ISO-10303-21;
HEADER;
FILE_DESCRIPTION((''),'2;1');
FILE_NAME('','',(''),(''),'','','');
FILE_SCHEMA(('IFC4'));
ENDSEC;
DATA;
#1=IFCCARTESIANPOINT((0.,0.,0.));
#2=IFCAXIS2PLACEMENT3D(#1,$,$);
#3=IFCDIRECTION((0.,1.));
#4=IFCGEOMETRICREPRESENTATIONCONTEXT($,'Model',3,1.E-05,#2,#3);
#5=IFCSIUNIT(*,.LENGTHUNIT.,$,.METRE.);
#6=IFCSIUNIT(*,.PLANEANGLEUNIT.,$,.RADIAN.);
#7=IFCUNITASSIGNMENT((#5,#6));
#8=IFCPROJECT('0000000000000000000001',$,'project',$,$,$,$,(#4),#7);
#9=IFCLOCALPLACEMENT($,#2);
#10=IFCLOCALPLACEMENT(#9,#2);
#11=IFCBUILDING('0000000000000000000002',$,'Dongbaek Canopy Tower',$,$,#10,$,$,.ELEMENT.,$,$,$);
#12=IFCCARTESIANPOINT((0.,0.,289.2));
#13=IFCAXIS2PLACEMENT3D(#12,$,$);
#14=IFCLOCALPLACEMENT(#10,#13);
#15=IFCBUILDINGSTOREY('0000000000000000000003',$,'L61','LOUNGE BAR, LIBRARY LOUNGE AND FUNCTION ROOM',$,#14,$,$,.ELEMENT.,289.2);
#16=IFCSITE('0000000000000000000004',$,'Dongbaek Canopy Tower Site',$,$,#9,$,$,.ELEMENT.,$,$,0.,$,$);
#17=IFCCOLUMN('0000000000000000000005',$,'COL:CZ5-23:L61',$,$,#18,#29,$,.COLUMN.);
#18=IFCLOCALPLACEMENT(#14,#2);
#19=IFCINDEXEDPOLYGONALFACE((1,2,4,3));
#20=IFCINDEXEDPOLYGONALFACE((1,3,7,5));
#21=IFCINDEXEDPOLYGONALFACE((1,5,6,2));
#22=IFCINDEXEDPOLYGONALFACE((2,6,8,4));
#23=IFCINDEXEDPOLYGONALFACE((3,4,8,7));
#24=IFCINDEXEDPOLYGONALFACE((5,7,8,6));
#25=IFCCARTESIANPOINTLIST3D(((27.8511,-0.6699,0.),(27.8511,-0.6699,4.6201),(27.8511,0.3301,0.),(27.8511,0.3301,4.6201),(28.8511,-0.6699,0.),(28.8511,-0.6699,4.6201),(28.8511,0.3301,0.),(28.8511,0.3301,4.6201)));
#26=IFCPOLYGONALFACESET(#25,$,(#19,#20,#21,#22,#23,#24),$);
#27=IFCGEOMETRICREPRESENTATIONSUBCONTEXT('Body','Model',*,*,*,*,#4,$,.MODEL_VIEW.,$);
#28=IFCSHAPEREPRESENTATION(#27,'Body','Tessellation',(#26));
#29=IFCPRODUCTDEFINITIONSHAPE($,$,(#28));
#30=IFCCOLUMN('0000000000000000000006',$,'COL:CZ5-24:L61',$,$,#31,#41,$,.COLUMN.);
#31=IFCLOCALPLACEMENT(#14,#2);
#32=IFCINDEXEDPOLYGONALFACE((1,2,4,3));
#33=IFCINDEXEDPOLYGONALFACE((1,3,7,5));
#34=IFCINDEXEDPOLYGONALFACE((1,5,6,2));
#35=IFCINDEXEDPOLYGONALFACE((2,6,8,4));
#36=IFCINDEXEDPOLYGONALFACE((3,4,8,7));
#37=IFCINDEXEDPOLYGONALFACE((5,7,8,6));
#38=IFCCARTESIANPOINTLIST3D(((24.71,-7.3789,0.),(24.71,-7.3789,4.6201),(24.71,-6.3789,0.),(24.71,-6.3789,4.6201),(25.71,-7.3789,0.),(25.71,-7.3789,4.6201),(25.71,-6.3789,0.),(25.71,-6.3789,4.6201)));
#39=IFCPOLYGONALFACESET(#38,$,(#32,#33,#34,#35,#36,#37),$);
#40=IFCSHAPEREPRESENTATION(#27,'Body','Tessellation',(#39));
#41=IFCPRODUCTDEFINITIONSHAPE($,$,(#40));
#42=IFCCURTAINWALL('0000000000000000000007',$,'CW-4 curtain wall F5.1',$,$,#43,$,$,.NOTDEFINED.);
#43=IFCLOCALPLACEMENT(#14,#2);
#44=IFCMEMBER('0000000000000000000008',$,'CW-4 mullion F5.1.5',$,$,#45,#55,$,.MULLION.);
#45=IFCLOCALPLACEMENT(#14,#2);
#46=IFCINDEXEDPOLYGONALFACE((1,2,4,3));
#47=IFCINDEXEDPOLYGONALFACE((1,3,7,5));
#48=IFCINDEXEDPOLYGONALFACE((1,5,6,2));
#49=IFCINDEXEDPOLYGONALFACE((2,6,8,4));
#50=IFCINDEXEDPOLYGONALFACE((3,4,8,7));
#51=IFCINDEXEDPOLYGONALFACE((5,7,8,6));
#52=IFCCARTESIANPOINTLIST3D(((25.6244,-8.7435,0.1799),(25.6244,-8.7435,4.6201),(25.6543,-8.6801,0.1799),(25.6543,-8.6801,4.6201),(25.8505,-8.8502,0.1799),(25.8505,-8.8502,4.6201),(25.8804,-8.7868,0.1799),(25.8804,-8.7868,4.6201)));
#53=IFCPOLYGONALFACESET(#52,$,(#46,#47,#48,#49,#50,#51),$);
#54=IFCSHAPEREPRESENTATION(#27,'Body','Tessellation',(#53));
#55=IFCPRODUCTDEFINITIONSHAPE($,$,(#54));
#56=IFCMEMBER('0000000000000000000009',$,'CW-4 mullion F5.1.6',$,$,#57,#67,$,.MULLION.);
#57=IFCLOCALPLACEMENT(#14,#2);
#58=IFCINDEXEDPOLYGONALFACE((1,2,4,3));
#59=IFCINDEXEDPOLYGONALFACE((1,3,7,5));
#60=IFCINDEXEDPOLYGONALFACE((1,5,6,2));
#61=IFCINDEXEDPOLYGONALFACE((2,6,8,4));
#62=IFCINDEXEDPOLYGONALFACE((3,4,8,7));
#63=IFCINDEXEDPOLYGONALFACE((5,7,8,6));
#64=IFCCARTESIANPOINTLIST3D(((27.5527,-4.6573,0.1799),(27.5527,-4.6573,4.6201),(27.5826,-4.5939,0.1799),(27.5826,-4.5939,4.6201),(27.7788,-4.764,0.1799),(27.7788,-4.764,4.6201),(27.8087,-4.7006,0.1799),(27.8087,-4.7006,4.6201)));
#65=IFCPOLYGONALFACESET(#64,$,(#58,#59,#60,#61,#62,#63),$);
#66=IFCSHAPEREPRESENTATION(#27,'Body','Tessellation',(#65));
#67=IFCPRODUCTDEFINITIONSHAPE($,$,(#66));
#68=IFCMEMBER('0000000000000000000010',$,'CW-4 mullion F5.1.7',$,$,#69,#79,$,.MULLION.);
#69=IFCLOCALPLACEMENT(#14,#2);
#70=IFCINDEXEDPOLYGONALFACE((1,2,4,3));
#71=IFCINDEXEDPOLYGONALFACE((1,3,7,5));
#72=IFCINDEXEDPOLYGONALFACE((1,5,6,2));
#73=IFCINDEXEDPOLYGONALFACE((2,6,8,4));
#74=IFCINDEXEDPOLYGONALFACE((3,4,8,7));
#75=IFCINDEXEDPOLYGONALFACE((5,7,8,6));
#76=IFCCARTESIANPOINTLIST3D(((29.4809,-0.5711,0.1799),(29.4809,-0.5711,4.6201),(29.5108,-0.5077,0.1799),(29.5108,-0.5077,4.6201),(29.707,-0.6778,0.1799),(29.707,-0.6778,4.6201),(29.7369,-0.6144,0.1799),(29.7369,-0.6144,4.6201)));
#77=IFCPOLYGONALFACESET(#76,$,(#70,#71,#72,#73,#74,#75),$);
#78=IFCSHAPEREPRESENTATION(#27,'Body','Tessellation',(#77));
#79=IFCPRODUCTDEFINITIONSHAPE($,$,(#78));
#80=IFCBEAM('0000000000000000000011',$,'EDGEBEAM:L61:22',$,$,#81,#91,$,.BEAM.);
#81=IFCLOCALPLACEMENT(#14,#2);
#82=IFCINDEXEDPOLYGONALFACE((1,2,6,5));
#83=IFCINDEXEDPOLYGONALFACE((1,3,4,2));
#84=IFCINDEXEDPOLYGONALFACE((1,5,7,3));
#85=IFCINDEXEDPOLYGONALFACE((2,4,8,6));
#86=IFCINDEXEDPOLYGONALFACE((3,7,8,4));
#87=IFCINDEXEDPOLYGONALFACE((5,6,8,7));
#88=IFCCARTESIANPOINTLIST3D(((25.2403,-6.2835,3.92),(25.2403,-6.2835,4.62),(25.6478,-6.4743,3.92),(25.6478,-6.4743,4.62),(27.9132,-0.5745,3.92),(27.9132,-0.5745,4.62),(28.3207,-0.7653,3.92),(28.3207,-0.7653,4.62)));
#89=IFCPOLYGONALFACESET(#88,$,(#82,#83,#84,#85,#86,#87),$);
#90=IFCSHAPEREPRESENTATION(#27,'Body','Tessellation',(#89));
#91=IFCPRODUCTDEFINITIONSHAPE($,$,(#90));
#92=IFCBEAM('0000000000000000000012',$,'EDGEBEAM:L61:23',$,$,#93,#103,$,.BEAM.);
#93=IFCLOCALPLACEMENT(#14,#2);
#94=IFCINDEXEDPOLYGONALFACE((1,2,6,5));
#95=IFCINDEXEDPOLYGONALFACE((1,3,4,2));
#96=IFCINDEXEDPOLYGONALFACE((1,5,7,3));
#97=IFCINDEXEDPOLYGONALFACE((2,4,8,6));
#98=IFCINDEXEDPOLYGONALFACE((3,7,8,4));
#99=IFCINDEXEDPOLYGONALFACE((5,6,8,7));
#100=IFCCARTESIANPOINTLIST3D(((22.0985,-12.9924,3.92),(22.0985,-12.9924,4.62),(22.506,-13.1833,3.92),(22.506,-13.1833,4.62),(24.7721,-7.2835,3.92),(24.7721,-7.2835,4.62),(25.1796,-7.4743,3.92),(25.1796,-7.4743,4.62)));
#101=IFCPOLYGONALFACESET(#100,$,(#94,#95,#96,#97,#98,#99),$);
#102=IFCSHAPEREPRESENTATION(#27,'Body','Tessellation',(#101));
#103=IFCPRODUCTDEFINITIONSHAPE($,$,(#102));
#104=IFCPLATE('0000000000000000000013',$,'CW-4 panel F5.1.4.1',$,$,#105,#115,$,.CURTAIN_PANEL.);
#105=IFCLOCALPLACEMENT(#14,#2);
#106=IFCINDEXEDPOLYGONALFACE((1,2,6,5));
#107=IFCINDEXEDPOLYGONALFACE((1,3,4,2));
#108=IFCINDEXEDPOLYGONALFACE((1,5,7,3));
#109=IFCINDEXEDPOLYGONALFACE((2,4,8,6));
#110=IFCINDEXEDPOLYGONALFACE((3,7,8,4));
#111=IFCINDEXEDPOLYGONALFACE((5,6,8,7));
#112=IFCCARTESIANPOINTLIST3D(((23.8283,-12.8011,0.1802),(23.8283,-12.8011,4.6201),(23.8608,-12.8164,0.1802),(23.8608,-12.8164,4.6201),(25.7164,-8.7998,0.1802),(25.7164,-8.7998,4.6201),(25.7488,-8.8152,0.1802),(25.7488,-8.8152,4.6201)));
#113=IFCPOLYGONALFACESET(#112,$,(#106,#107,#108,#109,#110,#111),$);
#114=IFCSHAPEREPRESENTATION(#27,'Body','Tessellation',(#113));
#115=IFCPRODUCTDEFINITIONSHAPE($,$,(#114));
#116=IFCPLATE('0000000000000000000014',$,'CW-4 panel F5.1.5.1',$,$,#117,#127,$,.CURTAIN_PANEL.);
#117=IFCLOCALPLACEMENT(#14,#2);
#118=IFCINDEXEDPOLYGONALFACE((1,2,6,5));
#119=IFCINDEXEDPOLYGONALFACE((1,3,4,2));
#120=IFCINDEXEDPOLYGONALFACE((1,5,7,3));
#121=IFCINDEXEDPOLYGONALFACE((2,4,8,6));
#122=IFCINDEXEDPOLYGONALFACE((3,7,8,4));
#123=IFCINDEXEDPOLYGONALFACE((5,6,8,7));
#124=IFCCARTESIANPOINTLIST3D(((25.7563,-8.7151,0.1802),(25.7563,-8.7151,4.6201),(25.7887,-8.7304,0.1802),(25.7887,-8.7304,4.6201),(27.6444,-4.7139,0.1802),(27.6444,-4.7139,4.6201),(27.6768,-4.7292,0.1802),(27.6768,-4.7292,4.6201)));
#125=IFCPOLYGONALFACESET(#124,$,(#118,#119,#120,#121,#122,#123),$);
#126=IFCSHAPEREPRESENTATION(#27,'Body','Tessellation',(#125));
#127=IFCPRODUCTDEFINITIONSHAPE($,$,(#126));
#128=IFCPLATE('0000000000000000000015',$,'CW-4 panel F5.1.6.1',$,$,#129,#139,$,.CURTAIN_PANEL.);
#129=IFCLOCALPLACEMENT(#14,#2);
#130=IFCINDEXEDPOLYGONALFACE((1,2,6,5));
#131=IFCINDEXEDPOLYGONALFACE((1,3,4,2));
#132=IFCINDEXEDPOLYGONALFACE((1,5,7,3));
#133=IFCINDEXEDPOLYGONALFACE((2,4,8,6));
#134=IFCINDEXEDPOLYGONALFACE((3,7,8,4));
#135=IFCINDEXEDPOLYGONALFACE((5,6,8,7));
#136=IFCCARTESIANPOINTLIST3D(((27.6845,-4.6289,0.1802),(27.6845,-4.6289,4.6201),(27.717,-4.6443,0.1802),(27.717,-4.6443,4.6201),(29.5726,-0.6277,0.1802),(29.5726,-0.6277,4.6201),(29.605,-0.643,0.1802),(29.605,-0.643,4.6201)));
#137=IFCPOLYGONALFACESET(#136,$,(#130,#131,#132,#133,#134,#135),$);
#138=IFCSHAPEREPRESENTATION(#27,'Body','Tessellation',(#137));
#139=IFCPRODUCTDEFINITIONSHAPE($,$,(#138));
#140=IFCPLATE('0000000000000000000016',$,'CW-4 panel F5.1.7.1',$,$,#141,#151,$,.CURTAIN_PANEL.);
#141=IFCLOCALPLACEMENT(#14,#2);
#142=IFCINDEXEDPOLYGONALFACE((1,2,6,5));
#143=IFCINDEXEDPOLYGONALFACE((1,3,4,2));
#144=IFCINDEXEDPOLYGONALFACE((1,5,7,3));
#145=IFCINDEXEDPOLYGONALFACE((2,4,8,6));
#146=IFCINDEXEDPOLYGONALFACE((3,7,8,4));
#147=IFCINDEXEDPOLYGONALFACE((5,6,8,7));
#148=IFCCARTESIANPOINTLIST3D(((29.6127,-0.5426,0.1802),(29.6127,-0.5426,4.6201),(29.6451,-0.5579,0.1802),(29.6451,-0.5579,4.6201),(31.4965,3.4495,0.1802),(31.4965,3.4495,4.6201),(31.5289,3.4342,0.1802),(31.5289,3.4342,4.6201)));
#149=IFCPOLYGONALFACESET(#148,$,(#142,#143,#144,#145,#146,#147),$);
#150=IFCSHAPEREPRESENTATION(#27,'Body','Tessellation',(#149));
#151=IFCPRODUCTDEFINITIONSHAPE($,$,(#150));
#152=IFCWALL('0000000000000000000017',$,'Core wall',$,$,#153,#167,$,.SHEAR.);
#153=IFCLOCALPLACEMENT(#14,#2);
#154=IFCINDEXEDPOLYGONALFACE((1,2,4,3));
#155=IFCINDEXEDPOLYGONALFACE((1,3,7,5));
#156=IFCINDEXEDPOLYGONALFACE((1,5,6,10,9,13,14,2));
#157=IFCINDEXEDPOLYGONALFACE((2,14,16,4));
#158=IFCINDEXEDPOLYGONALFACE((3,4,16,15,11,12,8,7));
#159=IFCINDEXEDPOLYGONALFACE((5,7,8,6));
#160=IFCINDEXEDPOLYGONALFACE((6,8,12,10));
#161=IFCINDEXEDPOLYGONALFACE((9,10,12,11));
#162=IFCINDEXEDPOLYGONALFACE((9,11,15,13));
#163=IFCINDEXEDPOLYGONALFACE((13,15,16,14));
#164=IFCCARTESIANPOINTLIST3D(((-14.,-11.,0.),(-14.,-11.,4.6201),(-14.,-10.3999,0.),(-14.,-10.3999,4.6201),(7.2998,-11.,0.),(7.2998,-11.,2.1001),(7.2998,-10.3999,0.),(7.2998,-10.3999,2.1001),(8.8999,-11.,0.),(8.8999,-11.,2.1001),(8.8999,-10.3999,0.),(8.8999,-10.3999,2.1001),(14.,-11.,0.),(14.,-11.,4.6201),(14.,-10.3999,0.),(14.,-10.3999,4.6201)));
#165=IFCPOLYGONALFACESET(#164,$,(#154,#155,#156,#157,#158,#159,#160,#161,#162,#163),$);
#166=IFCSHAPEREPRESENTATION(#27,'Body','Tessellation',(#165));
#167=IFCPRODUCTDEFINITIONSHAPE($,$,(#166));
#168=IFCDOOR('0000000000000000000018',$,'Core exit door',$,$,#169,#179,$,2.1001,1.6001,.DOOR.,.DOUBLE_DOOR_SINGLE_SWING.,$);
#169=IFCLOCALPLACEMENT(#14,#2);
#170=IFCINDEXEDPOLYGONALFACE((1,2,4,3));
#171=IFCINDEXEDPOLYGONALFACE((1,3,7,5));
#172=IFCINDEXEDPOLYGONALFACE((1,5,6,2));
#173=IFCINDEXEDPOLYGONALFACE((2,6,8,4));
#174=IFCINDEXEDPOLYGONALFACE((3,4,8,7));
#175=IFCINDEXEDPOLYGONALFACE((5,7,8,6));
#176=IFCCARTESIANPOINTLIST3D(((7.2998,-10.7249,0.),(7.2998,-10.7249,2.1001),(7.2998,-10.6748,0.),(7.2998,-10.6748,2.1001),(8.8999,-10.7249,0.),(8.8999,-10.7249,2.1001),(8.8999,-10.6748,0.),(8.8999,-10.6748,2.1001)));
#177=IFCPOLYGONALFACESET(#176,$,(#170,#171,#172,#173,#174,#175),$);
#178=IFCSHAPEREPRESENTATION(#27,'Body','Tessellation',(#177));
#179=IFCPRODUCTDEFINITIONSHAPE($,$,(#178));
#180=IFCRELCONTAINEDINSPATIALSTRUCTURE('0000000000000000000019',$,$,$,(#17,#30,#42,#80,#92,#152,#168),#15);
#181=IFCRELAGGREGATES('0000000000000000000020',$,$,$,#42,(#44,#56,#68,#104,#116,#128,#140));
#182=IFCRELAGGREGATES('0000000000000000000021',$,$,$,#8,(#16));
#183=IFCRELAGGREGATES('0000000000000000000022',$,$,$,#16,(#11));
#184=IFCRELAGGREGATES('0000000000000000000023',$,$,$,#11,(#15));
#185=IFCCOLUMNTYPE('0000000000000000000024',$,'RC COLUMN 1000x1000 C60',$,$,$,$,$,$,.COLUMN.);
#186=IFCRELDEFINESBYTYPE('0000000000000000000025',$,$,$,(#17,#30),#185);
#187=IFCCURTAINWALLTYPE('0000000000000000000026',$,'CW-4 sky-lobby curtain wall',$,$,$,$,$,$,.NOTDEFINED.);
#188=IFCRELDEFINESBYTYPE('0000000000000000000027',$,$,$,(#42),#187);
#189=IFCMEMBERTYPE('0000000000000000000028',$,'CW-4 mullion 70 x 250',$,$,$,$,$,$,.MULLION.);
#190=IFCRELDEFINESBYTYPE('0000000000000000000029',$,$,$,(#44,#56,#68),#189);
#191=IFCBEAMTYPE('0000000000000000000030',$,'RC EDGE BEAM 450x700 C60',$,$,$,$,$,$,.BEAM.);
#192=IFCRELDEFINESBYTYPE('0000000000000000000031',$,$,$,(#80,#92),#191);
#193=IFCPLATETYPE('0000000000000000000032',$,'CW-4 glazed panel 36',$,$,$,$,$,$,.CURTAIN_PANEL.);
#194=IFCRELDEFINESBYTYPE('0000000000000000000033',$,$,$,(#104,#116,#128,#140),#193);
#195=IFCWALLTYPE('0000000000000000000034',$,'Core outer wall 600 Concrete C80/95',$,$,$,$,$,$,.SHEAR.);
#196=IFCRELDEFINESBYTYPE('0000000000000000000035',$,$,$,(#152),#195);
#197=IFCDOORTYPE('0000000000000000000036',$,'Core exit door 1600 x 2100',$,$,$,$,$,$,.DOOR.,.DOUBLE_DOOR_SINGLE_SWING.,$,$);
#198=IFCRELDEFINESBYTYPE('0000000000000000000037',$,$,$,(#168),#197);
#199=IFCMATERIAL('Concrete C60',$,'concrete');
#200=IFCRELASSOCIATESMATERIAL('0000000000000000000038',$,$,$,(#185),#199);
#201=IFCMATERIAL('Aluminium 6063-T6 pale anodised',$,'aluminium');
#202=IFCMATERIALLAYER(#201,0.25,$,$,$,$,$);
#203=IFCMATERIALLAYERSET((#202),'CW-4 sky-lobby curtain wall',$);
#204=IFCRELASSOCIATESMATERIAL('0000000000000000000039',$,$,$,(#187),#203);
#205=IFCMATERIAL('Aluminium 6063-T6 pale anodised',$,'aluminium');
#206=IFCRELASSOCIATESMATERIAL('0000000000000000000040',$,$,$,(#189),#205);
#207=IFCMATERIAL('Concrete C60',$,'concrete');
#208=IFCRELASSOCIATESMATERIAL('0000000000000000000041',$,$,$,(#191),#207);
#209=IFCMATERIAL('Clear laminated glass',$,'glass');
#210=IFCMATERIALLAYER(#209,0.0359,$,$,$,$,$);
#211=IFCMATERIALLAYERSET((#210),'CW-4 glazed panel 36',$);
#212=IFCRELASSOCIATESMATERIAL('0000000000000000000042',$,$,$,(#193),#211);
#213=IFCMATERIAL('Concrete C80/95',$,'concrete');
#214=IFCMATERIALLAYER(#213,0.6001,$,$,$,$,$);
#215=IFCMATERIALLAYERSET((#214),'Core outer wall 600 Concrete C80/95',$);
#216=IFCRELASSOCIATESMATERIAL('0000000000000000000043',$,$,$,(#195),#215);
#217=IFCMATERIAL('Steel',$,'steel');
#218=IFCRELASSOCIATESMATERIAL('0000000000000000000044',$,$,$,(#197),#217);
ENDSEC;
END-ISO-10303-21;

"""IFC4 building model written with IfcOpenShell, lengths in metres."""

from ifc_helpers import new_model, si_unit, direction, frame, frame_2d, origin, origin_2d, place, context, subcontext, project, spatial, rectangle, extrude, material, layer, layer_set, material_profile, profile_set, type_object, element, fill, aggregate, save


model = new_model("IFC4")

# Units and contexts
model_context = context("Model", 3, precision=1e-05, world=origin(), true_north=direction((0.0, 1.0)))
body_context = subcontext(model_context, "Body", "Model", "MODEL_VIEW")
ifc_project = project(units=[si_unit("LENGTHUNIT", "METRE"), si_unit("PLANEANGLEUNIT", "RADIAN")], contexts=[model_context])

# Site, building, storey
site_placement = place(None, origin())
site = spatial("IfcSite", under=ifc_project, at=site_placement, Name="Dongbaek Canopy Tower Site", CompositionType="ELEMENT", RefElevation=0.0)
building_placement = place(site_placement, origin())
building = spatial("IfcBuilding", under=site, at=building_placement, Name="Dongbaek Canopy Tower", CompositionType="ELEMENT")
storey_placement = place(building_placement, frame((0.0, 0.0, 289.2)))
storey = spatial("IfcBuildingStorey", under=building, at=storey_placement, Name="L61", Description="LOUNGE BAR, LIBRARY LOUNGE AND FUNCTION ROOM", CompositionType="ELEMENT", Elevation=289.2)

# Columns
ifc_material_1 = material(Name="Concrete C60", Category="concrete")
ifc_material_profile_1 = material_profile(ifc_material_1, rectangle(XDim=1.0, YDim=1.0, at=origin_2d()), Name="RC COLUMN 1000x1000 C60")
ifc_profile_set_1 = profile_set([ifc_material_profile_1], Name="Concrete C60")
column_type = type_object("IfcColumnType", Name="RC COLUMN 1000x1000 C60", PredefinedType="COLUMN", material=ifc_profile_set_1)
for number, where, z_axis, x_axis, name in (
    (1, (28.3511, -0.1699, 0.0), (0.0, 0.0, 1.0), (1.0, 0.0, 0.0), "COL:CZ5-23:L61"),
    (2, (25.21, -6.8789, 0.0), (0.0, 0.0, 1.0), (1.0, 0.0, 0.0), "COL:CZ5-24:L61"),
):
    element("IfcColumn", number, at=place(storey_placement, frame(where, z_axis=z_axis, x_axis=x_axis)), inside=storey, type_object=column_type, Name=name, PredefinedType="COLUMN", context=body_context, shape_type="SweptSolid", body=[
        extrude(rectangle(XDim=1.0, YDim=1.0, at=origin_2d()), origin(), (0.0, 0.0, 1.0), 4.6201),
    ])

# Curtain wall, members
ifc_material_2 = material(Name="Aluminium 6063-T6 pale anodised", Category="aluminium")
ifc_layer_1 = layer(ifc_material_2, 0.25)
ifc_layer_set_1 = layer_set([ifc_layer_1], Name="CW-4 sky-lobby curtain wall")
curtain_wall_type = type_object("IfcCurtainWallType", Name="CW-4 sky-lobby curtain wall", PredefinedType="NOTDEFINED", material=ifc_layer_set_1)
curtain_wall_placement = place(storey_placement, origin())
curtain_wall = element("IfcCurtainWall", 3, at=curtain_wall_placement, inside=storey, type_object=curtain_wall_type, Name="CW-4 curtain wall F5.1", PredefinedType="NOTDEFINED")
ifc_material_3 = material(Name="Aluminium 6063-T6 pale anodised", Category="aluminium")
ifc_material_profile_2 = material_profile(ifc_material_3, rectangle(XDim=0.25, YDim=0.0701, at=origin_2d()), Name="CW-4 mullion 70 x 250")
ifc_profile_set_2 = profile_set([ifc_material_profile_2], Name="Aluminium 6063-T6 pale anodised")
member_type = type_object("IfcMemberType", Name="CW-4 mullion 70 x 250", PredefinedType="MULLION", material=ifc_profile_set_2)
member_1_placement = place(storey_placement, frame((25.7524, -8.7651, 0.1799), z_axis=(0.0, 0.0, 1.0), x_axis=(0.904371, -0.426747, 0.0)))
member_1 = element("IfcMember", 4, at=member_1_placement, type_object=member_type, Name="CW-4 mullion F5.1.5", PredefinedType="MULLION", context=body_context, shape_type="SweptSolid", body=[
    extrude(rectangle(XDim=0.25, YDim=0.0701, at=origin_2d()), origin(), (0.0, 0.0, 1.0), 4.4402),
])
member_2_placement = place(storey_placement, frame((27.6807, -4.679, 0.1799), z_axis=(0.0, 0.0, 1.0), x_axis=(0.904371, -0.426747, 0.0)))
member_2 = element("IfcMember", 5, at=member_2_placement, type_object=member_type, Name="CW-4 mullion F5.1.6", PredefinedType="MULLION", context=body_context, shape_type="SweptSolid", body=[
    extrude(rectangle(XDim=0.25, YDim=0.0701, at=origin_2d()), origin(), (0.0, 0.0, 1.0), 4.4402),
])
member_3_placement = place(storey_placement, frame((29.6089, -0.5928, 0.1799), z_axis=(0.0, 0.0, 1.0), x_axis=(0.904371, -0.426747, 0.0)))
member_3 = element("IfcMember", 6, at=member_3_placement, type_object=member_type, Name="CW-4 mullion F5.1.7", PredefinedType="MULLION", context=body_context, shape_type="SweptSolid", body=[
    extrude(rectangle(XDim=0.25, YDim=0.0701, at=origin_2d()), origin(), (0.0, 0.0, 1.0), 4.4402),
])

# Beams
ifc_material_4 = material(Name="Concrete C60", Category="concrete")
ifc_material_profile_3 = material_profile(ifc_material_4, rectangle(XDim=0.45, YDim=0.7, at=origin_2d()), Name="RC EDGE BEAM 450x700 C60")
ifc_profile_set_3 = profile_set([ifc_material_profile_3], Name="Concrete C60")
beam_type = type_object("IfcBeamType", Name="RC EDGE BEAM 450x700 C60", PredefinedType="BEAM", material=ifc_profile_set_3)
beam_1_placement = place(storey_placement, frame((28.1169, -0.6699, 4.27), z_axis=(-0.424013, -0.905656, 0.0), x_axis=(0.905656, -0.424013, 0.0)))
element("IfcBeam", 7, at=beam_1_placement, inside=storey, type_object=beam_type, Name="EDGEBEAM:L61:22", PredefinedType="BEAM", context=body_context, shape_type="SweptSolid", body=[
    extrude(rectangle(XDim=0.45, YDim=0.7, at=origin_2d()), origin(), (0.0, 0.0, 1.0), 6.3037),
])
beam_2_placement = place(storey_placement, frame((24.9758, -7.3789, 4.27), z_axis=(-0.424108, -0.905611, 0.0), x_axis=(0.905611, -0.424108, 0.0)))
element("IfcBeam", 8, at=beam_2_placement, inside=storey, type_object=beam_type, Name="EDGEBEAM:L61:23", PredefinedType="BEAM", context=body_context, shape_type="SweptSolid", body=[
    extrude(rectangle(XDim=0.45, YDim=0.7, at=origin_2d()), origin(), (0.0, 0.0, 1.0), 6.304),
])

# Plates
ifc_material_5 = material(Name="Clear laminated glass", Category="glass")
ifc_layer_2 = layer(ifc_material_5, 0.0359)
ifc_layer_set_2 = layer_set([ifc_layer_2], Name="CW-4 glazed panel 36")
plate_type = type_object("IfcPlateType", Name="CW-4 glazed panel 36", PredefinedType="CURTAIN_PANEL", material=ifc_layer_set_2)
plate_1_placement = place(storey_placement, frame((24.7886, -10.8081, 0.1802), z_axis=(0.0, 0.0, 1.0), x_axis=(0.426747, 0.904371, 0.0)))
plate_1 = element("IfcPlate", 9, at=plate_1_placement, type_object=plate_type, Name="CW-4 panel F5.1.4.1", PredefinedType="CURTAIN_PANEL", context=body_context, shape_type="SweptSolid", body=[
    extrude(rectangle(XDim=4.4243, YDim=0.0359, at=origin_2d()), origin(), (0.0, 0.0, 1.0), 4.4399),
])
plate_2_placement = place(storey_placement, frame((26.7166, -6.7222, 0.1802), z_axis=(0.0, 0.0, 1.0), x_axis=(0.426747, 0.904371, 0.0)))
plate_2 = element("IfcPlate", 10, at=plate_2_placement, type_object=plate_type, Name="CW-4 panel F5.1.5.1", PredefinedType="CURTAIN_PANEL", context=body_context, shape_type="SweptSolid", body=[
    extrude(rectangle(XDim=4.4243, YDim=0.0359, at=origin_2d()), origin(), (0.0, 0.0, 1.0), 4.4399),
])
plate_3_placement = place(storey_placement, frame((28.6448, -2.636, 0.1802), z_axis=(0.0, 0.0, 1.0), x_axis=(0.426747, 0.904371, 0.0)))
plate_3 = element("IfcPlate", 11, at=plate_3_placement, type_object=plate_type, Name="CW-4 panel F5.1.6.1", PredefinedType="CURTAIN_PANEL", context=body_context, shape_type="SweptSolid", body=[
    extrude(rectangle(XDim=4.4243, YDim=0.0359, at=origin_2d()), origin(), (0.0, 0.0, 1.0), 4.4399),
])
plate_4_placement = place(storey_placement, frame((30.5708, 1.4458, 0.1802), z_axis=(0.0, 0.0, 1.0), x_axis=(0.426747, 0.904371, 0.0)))
plate_4 = element("IfcPlate", 12, at=plate_4_placement, type_object=plate_type, Name="CW-4 panel F5.1.7.1", PredefinedType="CURTAIN_PANEL", context=body_context, shape_type="SweptSolid", body=[
    extrude(rectangle(XDim=4.4143, YDim=0.0359, at=origin_2d()), origin(), (0.0, 0.0, 1.0), 4.4399),
])
aggregate(curtain_wall, [member_1, member_2, member_3, plate_1, plate_2, plate_3, plate_4])

# Wall, opening, door
ifc_material_6 = material(Name="Concrete C80/95", Category="concrete")
ifc_layer_3 = layer(ifc_material_6, 0.6001)
ifc_layer_set_3 = layer_set([ifc_layer_3], Name="Core outer wall 600 Concrete C80/95")
wall_type_1 = type_object("IfcWallType", Name="Core outer wall 600 Concrete C80/95", PredefinedType="SHEAR", material=ifc_layer_set_3)
wall_1_placement = place(storey_placement, frame((14.0, -10.7, 0.0), z_axis=(0.0, 0.0, 1.0), x_axis=(-1.0, 0.0, 0.0)))
wall_1 = element("IfcWall", 13, at=wall_1_placement, inside=storey, type_object=wall_type_1, Name="Core wall", PredefinedType="SHEAR", context=body_context, shape_type="SweptSolid", body=[
    extrude(rectangle(XDim=28.0, YDim=0.6001, at=frame_2d((14.0, 0.0))), origin(), (0.0, 0.0, 1.0), 4.6201),
])
opening_1_placement = place(wall_1_placement, frame((5.1001, 0.0, 0.0)))
opening_1 = element("IfcOpeningElement", 14, at=opening_1_placement, cuts=wall_1, PredefinedType="OPENING", context=body_context, shape_type="SweptSolid", body=[
    extrude(rectangle(XDim=1.6001, YDim=2.1001, at=frame_2d((0.8, 1.05))), frame((0.0, 0.3101, 0.0), z_axis=(0.0, -1.0, 0.0), x_axis=(1.0, 0.0, 0.0)), (0.0, 0.0, 1.0), 0.6201),
])
ifc_material_7 = material(Name="Steel", Category="steel")
door_type_1 = type_object("IfcDoorType", Name="Core exit door 1600 x 2100", OperationType="DOUBLE_DOOR_SINGLE_SWING", PredefinedType="DOOR", material=ifc_material_7)
door_1_placement = place(opening_1_placement, origin())
door_1 = element("IfcDoor", 15, at=door_1_placement, inside=storey, type_object=door_type_1, Name="Core exit door", OperationType="DOUBLE_DOOR_SINGLE_SWING", OverallHeight=2.1001, OverallWidth=1.6001, PredefinedType="DOOR", context=body_context, shape_type="SweptSolid", body=[
    extrude(rectangle(XDim=1.6001, YDim=2.1001, at=frame_2d((0.8, 1.05))), frame((0.0, 0.0249, 0.0), z_axis=(0.0, -1.0, 0.0), x_axis=(1.0, 0.0, 0.0)), (0.0, 0.0, 1.0), 0.05),
])
fill(opening_1, door_1)

save(model, "model.ifc")
